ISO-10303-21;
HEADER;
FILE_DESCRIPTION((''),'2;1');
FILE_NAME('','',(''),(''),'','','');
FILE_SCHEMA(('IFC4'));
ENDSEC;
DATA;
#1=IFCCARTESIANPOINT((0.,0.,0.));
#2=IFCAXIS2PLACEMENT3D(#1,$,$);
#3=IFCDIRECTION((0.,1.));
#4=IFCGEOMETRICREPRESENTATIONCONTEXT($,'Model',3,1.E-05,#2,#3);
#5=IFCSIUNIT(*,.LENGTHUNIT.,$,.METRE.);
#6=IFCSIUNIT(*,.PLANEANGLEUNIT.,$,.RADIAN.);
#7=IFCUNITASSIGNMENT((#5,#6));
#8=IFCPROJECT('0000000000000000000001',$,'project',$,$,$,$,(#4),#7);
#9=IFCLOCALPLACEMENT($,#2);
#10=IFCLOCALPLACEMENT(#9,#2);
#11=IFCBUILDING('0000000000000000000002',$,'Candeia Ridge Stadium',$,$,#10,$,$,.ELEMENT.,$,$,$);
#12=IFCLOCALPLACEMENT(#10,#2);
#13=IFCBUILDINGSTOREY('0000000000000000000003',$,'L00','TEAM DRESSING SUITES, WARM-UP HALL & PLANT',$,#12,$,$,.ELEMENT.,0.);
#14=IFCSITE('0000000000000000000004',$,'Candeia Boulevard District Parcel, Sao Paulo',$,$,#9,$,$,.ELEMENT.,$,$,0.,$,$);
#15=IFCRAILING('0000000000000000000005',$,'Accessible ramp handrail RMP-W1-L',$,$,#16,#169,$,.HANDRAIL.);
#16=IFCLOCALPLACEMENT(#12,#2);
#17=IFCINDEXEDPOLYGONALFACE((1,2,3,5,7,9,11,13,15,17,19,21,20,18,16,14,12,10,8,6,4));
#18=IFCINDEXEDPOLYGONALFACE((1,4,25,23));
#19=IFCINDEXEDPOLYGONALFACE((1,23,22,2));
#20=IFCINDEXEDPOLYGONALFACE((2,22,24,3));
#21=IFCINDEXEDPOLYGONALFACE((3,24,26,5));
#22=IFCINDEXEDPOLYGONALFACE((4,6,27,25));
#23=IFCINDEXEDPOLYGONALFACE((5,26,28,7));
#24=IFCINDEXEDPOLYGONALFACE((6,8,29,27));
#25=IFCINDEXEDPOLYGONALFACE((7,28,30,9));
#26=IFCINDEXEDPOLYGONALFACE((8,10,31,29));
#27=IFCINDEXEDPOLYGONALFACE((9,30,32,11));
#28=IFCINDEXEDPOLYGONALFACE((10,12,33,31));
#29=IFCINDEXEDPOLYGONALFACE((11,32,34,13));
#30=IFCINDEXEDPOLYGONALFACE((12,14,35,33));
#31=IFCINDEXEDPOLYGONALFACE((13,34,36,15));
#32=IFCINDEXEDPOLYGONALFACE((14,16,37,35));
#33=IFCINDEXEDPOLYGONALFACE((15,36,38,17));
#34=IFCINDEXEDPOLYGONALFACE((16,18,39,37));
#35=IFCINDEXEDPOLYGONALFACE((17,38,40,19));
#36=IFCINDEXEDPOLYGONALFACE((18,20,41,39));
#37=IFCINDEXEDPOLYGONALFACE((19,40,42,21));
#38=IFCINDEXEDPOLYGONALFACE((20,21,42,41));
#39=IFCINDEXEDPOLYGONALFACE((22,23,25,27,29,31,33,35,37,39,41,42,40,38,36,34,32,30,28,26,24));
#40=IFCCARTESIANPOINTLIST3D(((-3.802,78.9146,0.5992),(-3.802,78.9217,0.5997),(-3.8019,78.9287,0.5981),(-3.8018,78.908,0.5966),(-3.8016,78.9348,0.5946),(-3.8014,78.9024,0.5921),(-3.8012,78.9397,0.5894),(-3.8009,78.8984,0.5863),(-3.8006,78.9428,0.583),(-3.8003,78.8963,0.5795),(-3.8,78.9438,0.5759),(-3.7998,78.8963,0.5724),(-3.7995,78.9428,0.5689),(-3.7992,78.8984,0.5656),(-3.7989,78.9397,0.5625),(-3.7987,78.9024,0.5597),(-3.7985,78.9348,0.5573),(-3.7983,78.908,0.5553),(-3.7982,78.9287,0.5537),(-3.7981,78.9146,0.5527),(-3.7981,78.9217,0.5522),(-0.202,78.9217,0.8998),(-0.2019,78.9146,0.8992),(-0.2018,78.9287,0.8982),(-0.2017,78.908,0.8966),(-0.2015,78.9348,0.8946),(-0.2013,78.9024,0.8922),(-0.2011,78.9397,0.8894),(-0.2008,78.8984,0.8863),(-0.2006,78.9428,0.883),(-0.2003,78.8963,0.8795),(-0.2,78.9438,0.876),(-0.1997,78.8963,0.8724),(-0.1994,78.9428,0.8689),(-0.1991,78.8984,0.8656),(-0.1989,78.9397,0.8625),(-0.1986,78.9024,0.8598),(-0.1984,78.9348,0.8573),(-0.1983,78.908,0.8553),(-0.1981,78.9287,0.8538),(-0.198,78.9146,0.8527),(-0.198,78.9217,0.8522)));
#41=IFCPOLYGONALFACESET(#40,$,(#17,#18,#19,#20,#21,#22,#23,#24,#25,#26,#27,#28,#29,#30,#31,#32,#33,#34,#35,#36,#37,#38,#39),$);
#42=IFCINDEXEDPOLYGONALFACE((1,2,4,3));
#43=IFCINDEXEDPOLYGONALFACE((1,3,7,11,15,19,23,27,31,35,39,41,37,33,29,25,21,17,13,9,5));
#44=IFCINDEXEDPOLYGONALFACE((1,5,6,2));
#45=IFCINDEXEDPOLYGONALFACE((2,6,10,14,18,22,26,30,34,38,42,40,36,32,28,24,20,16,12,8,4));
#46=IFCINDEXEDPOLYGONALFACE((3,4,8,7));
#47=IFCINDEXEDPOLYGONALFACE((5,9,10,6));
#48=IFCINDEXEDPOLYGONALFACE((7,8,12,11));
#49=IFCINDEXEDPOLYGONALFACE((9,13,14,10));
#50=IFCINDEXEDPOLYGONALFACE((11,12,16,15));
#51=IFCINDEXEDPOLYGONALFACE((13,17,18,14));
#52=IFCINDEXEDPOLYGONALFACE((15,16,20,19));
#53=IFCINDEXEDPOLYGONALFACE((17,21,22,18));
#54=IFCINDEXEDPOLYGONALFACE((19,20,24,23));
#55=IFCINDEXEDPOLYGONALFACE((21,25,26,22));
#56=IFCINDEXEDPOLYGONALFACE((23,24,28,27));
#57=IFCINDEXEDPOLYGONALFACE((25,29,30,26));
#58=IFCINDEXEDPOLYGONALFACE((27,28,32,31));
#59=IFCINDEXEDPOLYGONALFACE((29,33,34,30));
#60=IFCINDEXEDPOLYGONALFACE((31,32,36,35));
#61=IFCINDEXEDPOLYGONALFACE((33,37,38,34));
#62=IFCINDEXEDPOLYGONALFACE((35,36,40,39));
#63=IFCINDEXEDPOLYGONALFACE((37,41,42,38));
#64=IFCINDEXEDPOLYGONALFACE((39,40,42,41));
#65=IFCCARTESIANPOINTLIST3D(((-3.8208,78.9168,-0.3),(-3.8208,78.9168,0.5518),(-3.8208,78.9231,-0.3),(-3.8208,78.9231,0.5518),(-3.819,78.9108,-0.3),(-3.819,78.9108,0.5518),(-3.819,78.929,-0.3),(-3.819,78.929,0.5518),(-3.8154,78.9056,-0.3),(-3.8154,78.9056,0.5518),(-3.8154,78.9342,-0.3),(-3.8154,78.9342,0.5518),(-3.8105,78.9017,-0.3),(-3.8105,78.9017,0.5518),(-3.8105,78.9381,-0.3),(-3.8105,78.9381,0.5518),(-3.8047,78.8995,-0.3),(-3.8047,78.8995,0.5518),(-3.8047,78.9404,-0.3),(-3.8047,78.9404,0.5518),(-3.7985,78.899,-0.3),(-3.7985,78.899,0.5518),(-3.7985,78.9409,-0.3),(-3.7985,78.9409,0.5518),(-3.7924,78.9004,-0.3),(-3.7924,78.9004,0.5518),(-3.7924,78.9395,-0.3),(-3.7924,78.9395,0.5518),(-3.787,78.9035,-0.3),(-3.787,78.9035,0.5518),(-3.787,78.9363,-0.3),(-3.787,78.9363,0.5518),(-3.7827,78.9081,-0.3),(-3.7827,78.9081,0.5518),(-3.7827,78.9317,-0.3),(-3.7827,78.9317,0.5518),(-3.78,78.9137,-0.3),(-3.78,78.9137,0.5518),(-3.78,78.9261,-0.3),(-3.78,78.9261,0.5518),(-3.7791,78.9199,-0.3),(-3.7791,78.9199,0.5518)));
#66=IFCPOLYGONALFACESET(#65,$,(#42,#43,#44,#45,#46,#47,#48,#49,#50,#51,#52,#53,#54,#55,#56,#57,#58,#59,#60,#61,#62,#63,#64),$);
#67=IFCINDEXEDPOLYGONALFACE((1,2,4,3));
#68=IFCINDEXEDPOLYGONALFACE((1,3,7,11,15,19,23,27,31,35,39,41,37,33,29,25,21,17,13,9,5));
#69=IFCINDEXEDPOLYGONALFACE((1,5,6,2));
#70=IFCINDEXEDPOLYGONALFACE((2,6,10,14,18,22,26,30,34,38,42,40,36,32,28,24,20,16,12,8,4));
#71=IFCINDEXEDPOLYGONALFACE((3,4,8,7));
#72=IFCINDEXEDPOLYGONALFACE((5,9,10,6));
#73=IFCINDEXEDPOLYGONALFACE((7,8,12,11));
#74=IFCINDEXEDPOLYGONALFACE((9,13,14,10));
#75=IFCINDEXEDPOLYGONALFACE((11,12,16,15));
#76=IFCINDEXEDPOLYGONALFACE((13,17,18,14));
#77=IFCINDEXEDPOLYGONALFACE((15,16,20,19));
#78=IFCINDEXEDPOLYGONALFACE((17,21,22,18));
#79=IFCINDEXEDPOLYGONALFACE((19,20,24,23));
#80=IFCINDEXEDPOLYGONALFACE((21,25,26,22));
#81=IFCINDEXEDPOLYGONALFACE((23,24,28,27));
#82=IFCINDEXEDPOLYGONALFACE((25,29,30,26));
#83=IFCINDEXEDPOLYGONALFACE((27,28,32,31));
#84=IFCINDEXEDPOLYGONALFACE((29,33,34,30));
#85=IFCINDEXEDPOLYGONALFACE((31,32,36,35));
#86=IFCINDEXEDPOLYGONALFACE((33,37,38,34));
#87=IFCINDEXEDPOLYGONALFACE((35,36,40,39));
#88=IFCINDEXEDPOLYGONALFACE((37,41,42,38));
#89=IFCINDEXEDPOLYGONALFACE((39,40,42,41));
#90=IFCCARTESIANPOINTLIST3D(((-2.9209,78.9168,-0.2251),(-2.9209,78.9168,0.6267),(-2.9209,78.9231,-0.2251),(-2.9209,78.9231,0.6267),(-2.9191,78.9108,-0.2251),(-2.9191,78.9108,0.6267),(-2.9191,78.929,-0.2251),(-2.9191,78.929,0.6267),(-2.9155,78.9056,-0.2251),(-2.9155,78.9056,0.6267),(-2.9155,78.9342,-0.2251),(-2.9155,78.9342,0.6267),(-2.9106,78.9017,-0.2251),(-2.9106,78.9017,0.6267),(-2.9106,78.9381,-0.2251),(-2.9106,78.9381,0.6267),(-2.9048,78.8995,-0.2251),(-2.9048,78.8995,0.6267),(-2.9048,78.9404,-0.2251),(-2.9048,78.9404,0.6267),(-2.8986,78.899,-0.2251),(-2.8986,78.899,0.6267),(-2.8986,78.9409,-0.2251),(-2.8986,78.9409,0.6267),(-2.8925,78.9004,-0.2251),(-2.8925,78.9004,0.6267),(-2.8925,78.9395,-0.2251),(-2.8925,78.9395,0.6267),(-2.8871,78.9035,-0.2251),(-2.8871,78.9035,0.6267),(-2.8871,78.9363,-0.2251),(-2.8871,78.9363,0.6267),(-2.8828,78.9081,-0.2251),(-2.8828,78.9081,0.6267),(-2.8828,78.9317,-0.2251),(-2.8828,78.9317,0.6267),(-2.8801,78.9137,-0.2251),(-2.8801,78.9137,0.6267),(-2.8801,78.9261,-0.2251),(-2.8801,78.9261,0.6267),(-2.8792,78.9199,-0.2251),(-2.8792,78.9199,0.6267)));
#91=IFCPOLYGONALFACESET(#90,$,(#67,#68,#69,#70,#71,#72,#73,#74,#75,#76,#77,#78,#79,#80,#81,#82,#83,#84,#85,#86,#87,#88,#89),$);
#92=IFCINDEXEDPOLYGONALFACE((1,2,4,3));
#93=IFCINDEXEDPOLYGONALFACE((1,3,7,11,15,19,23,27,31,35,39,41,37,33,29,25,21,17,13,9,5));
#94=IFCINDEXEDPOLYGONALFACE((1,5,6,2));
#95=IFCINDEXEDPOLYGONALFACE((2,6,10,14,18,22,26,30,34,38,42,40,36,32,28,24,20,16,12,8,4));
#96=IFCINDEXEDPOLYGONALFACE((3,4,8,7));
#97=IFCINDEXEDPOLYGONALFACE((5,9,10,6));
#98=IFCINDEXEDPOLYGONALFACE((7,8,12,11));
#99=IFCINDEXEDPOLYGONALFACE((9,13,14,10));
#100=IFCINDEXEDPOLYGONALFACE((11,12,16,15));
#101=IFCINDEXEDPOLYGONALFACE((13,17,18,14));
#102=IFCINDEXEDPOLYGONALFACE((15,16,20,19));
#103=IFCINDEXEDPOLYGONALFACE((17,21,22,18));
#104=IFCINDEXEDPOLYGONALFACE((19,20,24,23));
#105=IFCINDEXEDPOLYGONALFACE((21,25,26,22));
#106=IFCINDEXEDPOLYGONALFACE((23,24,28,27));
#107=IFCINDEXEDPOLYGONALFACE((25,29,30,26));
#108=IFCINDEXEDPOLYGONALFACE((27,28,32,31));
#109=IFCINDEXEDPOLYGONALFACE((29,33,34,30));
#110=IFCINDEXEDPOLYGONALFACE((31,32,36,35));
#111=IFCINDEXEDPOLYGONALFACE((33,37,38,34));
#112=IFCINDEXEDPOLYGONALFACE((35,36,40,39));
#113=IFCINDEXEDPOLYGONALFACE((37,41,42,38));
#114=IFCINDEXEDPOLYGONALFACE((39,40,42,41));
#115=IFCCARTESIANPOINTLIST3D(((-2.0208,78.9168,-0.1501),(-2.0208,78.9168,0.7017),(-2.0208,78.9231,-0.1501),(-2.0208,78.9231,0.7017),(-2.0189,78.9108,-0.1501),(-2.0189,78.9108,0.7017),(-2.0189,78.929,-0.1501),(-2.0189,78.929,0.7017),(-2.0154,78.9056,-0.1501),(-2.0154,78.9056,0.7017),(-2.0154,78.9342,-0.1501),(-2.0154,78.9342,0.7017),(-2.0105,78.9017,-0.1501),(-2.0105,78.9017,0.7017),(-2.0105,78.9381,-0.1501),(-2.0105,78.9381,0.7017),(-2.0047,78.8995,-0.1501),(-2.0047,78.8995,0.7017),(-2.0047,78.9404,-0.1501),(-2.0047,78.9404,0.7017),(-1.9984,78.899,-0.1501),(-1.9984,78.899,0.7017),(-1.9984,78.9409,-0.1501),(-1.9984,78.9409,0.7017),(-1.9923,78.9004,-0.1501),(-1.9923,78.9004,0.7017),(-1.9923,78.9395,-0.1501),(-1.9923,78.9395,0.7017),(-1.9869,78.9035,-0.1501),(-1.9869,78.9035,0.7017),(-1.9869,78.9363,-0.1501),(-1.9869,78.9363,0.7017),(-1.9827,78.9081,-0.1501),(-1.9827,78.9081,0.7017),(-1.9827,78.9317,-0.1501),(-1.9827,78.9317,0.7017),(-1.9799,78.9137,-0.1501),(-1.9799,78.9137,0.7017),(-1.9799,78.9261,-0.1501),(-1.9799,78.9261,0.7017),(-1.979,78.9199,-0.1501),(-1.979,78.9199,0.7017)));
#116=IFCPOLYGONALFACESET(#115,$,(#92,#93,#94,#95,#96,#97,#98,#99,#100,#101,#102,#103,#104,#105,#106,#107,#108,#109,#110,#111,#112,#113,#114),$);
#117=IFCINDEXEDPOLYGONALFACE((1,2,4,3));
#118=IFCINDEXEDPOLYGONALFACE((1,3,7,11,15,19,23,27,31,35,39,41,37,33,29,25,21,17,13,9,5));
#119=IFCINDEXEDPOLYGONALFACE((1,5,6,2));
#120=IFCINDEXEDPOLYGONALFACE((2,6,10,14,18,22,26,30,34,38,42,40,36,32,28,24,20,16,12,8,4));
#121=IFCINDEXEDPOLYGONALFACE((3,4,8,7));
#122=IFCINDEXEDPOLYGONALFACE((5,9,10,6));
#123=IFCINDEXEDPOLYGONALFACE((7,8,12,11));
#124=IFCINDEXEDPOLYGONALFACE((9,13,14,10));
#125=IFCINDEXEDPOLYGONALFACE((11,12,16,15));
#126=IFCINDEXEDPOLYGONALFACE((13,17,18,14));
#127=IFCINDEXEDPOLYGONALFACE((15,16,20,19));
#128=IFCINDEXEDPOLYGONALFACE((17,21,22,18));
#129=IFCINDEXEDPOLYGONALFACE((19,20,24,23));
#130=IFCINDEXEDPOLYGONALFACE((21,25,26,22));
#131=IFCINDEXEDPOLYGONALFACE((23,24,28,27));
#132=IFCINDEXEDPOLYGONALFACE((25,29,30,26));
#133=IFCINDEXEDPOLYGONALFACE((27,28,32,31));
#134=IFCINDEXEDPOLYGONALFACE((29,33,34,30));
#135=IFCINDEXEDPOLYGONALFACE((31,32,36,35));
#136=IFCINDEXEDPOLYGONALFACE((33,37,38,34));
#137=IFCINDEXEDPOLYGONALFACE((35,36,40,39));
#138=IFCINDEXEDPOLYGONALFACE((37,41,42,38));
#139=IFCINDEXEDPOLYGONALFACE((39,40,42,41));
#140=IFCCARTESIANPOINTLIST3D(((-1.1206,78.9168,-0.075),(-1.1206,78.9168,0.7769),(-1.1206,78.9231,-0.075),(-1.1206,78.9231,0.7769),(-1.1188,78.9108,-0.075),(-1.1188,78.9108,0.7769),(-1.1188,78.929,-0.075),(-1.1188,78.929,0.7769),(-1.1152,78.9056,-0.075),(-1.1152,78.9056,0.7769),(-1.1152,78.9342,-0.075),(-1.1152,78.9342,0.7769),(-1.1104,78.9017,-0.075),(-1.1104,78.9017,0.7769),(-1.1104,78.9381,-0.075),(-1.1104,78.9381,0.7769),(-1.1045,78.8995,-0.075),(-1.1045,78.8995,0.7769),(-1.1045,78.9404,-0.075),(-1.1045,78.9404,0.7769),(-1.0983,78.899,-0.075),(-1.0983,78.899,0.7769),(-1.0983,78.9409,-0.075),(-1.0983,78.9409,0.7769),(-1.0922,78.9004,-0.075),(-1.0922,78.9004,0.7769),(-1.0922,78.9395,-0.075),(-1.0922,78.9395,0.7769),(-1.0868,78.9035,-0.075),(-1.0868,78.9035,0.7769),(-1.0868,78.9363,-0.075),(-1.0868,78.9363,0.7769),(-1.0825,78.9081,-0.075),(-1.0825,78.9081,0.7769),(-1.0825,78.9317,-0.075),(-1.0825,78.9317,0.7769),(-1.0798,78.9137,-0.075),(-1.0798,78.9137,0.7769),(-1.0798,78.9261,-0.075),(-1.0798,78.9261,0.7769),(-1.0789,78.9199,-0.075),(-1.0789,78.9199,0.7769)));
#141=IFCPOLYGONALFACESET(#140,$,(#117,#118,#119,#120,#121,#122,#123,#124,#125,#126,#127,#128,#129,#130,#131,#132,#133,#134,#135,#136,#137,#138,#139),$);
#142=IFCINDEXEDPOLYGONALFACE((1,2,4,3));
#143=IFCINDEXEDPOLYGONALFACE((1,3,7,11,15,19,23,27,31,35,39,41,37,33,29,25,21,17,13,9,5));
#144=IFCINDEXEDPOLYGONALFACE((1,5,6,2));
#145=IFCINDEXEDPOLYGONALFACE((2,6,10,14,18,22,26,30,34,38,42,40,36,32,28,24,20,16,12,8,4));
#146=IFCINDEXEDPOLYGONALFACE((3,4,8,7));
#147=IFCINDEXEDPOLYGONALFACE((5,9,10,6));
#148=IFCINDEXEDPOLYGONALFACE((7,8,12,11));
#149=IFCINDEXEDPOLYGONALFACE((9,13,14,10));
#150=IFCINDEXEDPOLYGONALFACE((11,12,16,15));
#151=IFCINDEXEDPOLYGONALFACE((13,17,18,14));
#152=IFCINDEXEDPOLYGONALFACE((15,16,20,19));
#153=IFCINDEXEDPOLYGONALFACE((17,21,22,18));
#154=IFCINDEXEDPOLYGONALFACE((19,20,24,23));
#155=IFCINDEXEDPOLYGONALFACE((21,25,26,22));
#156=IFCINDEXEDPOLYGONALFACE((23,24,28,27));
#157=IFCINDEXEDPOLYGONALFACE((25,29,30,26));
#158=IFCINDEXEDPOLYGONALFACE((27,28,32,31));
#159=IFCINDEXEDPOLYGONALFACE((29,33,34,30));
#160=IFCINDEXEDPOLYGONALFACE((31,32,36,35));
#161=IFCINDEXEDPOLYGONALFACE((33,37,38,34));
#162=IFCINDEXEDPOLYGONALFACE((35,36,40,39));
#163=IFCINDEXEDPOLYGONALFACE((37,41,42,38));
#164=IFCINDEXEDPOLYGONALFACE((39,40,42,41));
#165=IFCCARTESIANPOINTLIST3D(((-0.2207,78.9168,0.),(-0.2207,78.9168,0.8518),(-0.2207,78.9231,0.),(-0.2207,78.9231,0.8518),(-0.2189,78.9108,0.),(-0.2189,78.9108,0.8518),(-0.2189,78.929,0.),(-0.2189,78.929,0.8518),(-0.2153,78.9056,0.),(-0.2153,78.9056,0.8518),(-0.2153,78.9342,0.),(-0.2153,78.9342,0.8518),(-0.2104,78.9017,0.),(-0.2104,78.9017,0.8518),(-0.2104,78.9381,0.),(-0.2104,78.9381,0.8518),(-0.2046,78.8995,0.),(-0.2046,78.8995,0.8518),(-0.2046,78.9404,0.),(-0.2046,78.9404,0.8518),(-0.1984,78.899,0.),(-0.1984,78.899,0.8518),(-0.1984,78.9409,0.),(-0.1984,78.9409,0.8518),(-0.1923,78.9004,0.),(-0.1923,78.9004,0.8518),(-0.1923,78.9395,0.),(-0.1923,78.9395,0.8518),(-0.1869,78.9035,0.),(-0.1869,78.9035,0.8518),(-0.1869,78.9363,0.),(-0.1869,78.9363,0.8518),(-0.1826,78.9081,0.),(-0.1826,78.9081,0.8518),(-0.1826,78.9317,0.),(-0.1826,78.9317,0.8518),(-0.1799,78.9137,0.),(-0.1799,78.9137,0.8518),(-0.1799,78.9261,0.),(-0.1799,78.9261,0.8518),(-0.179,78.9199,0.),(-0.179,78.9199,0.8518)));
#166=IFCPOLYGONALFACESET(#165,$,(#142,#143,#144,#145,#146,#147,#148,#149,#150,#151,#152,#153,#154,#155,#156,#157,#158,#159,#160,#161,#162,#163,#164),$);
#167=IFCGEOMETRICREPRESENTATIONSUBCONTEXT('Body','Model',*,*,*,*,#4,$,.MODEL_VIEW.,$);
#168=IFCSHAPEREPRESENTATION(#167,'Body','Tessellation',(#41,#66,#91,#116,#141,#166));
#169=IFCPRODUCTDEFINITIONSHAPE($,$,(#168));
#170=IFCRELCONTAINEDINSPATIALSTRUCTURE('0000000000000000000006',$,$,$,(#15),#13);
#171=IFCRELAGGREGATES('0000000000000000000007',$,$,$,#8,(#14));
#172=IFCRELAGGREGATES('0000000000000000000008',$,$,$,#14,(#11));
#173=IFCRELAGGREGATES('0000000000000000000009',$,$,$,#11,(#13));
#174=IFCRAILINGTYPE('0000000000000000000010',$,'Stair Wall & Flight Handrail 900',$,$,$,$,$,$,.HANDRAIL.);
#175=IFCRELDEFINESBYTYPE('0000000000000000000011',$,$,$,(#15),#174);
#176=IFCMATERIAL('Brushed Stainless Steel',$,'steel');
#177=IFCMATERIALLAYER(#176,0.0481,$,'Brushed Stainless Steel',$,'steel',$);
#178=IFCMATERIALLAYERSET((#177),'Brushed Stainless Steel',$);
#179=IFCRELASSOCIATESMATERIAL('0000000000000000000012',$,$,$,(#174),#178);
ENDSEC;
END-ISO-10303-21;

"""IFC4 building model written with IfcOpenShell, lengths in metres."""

from ifc_helpers import new_model, si_unit, direction, frame, origin, origin_2d, place, context, subcontext, project, spatial, circle, extrude, material, layer, layer_set, type_object, element, save


model = new_model("IFC4")

# Units and contexts
model_context = context("Model", 3, precision=1e-05, world=origin(), true_north=direction((0.0, 1.0)))
body_context = subcontext(model_context, "Body", "Model", "MODEL_VIEW")
ifc_project = project(units=[si_unit("LENGTHUNIT", "METRE"), si_unit("PLANEANGLEUNIT", "RADIAN")], contexts=[model_context])

# Site, building, storey
site_placement = place(None, origin())
site = spatial("IfcSite", under=ifc_project, at=site_placement, Name="Candeia Boulevard District Parcel, Sao Paulo", CompositionType="ELEMENT", RefElevation=0.0)
building_placement = place(site_placement, origin())
building = spatial("IfcBuilding", under=site, at=building_placement, Name="Candeia Ridge Stadium", CompositionType="ELEMENT")
storey_placement = place(building_placement, origin())
storey = spatial("IfcBuildingStorey", under=building, at=storey_placement, Name="L00", Description="TEAM DRESSING SUITES, WARM-UP HALL & PLANT", CompositionType="ELEMENT", Elevation=0.0)

# Railing
ifc_material_1 = material(Name="Brushed Stainless Steel", Category="steel")
ifc_layer_1 = layer(ifc_material_1, 0.0481, Name="Brushed Stainless Steel", Category="steel")
ifc_layer_set_1 = layer_set([ifc_layer_1], Name="Brushed Stainless Steel")
railing_type_1 = type_object("IfcRailingType", Name="Stair Wall & Flight Handrail 900", PredefinedType="HANDRAIL", material=ifc_layer_set_1)
for number, where, name in (
    (1, (-3.8, 78.9199, -0.3), "Accessible ramp handrail RMP-W1-L"),
):
    element("IfcRailing", number, at=place(storey_placement, frame(where)), inside=storey, type_object=railing_type_1, Name=name, PredefinedType="HANDRAIL", context=body_context, shape_type="SweptSolid", body=[
        extrude(circle(Radius=0.0239, at=origin_2d()), frame((0.0, 0.0, 0.876), z_axis=(0.996545, 0.0, 0.083057), x_axis=(0.0, 1.0, 0.0)), (0.0, 0.0, 1.0), 3.6125),
        extrude(circle(Radius=0.021, at=origin_2d()), origin(), (0.0, 0.0, 1.0), 0.8518),
        extrude(circle(Radius=0.021, at=origin_2d()), frame((0.8999, 0.0, 0.075)), (0.0, 0.0, 1.0), 0.8518),
        extrude(circle(Radius=0.021, at=origin_2d()), frame((1.8, 0.0, 0.1499)), (0.0, 0.0, 1.0), 0.8518),
        extrude(circle(Radius=0.021, at=origin_2d()), frame((2.7002, 0.0, 0.2251)), (0.0, 0.0, 1.0), 0.8518),
        extrude(circle(Radius=0.021, at=origin_2d()), frame((3.6001, 0.0, 0.3)), (0.0, 0.0, 1.0), 0.8518),
    ])

save(model, "model.ifc")
